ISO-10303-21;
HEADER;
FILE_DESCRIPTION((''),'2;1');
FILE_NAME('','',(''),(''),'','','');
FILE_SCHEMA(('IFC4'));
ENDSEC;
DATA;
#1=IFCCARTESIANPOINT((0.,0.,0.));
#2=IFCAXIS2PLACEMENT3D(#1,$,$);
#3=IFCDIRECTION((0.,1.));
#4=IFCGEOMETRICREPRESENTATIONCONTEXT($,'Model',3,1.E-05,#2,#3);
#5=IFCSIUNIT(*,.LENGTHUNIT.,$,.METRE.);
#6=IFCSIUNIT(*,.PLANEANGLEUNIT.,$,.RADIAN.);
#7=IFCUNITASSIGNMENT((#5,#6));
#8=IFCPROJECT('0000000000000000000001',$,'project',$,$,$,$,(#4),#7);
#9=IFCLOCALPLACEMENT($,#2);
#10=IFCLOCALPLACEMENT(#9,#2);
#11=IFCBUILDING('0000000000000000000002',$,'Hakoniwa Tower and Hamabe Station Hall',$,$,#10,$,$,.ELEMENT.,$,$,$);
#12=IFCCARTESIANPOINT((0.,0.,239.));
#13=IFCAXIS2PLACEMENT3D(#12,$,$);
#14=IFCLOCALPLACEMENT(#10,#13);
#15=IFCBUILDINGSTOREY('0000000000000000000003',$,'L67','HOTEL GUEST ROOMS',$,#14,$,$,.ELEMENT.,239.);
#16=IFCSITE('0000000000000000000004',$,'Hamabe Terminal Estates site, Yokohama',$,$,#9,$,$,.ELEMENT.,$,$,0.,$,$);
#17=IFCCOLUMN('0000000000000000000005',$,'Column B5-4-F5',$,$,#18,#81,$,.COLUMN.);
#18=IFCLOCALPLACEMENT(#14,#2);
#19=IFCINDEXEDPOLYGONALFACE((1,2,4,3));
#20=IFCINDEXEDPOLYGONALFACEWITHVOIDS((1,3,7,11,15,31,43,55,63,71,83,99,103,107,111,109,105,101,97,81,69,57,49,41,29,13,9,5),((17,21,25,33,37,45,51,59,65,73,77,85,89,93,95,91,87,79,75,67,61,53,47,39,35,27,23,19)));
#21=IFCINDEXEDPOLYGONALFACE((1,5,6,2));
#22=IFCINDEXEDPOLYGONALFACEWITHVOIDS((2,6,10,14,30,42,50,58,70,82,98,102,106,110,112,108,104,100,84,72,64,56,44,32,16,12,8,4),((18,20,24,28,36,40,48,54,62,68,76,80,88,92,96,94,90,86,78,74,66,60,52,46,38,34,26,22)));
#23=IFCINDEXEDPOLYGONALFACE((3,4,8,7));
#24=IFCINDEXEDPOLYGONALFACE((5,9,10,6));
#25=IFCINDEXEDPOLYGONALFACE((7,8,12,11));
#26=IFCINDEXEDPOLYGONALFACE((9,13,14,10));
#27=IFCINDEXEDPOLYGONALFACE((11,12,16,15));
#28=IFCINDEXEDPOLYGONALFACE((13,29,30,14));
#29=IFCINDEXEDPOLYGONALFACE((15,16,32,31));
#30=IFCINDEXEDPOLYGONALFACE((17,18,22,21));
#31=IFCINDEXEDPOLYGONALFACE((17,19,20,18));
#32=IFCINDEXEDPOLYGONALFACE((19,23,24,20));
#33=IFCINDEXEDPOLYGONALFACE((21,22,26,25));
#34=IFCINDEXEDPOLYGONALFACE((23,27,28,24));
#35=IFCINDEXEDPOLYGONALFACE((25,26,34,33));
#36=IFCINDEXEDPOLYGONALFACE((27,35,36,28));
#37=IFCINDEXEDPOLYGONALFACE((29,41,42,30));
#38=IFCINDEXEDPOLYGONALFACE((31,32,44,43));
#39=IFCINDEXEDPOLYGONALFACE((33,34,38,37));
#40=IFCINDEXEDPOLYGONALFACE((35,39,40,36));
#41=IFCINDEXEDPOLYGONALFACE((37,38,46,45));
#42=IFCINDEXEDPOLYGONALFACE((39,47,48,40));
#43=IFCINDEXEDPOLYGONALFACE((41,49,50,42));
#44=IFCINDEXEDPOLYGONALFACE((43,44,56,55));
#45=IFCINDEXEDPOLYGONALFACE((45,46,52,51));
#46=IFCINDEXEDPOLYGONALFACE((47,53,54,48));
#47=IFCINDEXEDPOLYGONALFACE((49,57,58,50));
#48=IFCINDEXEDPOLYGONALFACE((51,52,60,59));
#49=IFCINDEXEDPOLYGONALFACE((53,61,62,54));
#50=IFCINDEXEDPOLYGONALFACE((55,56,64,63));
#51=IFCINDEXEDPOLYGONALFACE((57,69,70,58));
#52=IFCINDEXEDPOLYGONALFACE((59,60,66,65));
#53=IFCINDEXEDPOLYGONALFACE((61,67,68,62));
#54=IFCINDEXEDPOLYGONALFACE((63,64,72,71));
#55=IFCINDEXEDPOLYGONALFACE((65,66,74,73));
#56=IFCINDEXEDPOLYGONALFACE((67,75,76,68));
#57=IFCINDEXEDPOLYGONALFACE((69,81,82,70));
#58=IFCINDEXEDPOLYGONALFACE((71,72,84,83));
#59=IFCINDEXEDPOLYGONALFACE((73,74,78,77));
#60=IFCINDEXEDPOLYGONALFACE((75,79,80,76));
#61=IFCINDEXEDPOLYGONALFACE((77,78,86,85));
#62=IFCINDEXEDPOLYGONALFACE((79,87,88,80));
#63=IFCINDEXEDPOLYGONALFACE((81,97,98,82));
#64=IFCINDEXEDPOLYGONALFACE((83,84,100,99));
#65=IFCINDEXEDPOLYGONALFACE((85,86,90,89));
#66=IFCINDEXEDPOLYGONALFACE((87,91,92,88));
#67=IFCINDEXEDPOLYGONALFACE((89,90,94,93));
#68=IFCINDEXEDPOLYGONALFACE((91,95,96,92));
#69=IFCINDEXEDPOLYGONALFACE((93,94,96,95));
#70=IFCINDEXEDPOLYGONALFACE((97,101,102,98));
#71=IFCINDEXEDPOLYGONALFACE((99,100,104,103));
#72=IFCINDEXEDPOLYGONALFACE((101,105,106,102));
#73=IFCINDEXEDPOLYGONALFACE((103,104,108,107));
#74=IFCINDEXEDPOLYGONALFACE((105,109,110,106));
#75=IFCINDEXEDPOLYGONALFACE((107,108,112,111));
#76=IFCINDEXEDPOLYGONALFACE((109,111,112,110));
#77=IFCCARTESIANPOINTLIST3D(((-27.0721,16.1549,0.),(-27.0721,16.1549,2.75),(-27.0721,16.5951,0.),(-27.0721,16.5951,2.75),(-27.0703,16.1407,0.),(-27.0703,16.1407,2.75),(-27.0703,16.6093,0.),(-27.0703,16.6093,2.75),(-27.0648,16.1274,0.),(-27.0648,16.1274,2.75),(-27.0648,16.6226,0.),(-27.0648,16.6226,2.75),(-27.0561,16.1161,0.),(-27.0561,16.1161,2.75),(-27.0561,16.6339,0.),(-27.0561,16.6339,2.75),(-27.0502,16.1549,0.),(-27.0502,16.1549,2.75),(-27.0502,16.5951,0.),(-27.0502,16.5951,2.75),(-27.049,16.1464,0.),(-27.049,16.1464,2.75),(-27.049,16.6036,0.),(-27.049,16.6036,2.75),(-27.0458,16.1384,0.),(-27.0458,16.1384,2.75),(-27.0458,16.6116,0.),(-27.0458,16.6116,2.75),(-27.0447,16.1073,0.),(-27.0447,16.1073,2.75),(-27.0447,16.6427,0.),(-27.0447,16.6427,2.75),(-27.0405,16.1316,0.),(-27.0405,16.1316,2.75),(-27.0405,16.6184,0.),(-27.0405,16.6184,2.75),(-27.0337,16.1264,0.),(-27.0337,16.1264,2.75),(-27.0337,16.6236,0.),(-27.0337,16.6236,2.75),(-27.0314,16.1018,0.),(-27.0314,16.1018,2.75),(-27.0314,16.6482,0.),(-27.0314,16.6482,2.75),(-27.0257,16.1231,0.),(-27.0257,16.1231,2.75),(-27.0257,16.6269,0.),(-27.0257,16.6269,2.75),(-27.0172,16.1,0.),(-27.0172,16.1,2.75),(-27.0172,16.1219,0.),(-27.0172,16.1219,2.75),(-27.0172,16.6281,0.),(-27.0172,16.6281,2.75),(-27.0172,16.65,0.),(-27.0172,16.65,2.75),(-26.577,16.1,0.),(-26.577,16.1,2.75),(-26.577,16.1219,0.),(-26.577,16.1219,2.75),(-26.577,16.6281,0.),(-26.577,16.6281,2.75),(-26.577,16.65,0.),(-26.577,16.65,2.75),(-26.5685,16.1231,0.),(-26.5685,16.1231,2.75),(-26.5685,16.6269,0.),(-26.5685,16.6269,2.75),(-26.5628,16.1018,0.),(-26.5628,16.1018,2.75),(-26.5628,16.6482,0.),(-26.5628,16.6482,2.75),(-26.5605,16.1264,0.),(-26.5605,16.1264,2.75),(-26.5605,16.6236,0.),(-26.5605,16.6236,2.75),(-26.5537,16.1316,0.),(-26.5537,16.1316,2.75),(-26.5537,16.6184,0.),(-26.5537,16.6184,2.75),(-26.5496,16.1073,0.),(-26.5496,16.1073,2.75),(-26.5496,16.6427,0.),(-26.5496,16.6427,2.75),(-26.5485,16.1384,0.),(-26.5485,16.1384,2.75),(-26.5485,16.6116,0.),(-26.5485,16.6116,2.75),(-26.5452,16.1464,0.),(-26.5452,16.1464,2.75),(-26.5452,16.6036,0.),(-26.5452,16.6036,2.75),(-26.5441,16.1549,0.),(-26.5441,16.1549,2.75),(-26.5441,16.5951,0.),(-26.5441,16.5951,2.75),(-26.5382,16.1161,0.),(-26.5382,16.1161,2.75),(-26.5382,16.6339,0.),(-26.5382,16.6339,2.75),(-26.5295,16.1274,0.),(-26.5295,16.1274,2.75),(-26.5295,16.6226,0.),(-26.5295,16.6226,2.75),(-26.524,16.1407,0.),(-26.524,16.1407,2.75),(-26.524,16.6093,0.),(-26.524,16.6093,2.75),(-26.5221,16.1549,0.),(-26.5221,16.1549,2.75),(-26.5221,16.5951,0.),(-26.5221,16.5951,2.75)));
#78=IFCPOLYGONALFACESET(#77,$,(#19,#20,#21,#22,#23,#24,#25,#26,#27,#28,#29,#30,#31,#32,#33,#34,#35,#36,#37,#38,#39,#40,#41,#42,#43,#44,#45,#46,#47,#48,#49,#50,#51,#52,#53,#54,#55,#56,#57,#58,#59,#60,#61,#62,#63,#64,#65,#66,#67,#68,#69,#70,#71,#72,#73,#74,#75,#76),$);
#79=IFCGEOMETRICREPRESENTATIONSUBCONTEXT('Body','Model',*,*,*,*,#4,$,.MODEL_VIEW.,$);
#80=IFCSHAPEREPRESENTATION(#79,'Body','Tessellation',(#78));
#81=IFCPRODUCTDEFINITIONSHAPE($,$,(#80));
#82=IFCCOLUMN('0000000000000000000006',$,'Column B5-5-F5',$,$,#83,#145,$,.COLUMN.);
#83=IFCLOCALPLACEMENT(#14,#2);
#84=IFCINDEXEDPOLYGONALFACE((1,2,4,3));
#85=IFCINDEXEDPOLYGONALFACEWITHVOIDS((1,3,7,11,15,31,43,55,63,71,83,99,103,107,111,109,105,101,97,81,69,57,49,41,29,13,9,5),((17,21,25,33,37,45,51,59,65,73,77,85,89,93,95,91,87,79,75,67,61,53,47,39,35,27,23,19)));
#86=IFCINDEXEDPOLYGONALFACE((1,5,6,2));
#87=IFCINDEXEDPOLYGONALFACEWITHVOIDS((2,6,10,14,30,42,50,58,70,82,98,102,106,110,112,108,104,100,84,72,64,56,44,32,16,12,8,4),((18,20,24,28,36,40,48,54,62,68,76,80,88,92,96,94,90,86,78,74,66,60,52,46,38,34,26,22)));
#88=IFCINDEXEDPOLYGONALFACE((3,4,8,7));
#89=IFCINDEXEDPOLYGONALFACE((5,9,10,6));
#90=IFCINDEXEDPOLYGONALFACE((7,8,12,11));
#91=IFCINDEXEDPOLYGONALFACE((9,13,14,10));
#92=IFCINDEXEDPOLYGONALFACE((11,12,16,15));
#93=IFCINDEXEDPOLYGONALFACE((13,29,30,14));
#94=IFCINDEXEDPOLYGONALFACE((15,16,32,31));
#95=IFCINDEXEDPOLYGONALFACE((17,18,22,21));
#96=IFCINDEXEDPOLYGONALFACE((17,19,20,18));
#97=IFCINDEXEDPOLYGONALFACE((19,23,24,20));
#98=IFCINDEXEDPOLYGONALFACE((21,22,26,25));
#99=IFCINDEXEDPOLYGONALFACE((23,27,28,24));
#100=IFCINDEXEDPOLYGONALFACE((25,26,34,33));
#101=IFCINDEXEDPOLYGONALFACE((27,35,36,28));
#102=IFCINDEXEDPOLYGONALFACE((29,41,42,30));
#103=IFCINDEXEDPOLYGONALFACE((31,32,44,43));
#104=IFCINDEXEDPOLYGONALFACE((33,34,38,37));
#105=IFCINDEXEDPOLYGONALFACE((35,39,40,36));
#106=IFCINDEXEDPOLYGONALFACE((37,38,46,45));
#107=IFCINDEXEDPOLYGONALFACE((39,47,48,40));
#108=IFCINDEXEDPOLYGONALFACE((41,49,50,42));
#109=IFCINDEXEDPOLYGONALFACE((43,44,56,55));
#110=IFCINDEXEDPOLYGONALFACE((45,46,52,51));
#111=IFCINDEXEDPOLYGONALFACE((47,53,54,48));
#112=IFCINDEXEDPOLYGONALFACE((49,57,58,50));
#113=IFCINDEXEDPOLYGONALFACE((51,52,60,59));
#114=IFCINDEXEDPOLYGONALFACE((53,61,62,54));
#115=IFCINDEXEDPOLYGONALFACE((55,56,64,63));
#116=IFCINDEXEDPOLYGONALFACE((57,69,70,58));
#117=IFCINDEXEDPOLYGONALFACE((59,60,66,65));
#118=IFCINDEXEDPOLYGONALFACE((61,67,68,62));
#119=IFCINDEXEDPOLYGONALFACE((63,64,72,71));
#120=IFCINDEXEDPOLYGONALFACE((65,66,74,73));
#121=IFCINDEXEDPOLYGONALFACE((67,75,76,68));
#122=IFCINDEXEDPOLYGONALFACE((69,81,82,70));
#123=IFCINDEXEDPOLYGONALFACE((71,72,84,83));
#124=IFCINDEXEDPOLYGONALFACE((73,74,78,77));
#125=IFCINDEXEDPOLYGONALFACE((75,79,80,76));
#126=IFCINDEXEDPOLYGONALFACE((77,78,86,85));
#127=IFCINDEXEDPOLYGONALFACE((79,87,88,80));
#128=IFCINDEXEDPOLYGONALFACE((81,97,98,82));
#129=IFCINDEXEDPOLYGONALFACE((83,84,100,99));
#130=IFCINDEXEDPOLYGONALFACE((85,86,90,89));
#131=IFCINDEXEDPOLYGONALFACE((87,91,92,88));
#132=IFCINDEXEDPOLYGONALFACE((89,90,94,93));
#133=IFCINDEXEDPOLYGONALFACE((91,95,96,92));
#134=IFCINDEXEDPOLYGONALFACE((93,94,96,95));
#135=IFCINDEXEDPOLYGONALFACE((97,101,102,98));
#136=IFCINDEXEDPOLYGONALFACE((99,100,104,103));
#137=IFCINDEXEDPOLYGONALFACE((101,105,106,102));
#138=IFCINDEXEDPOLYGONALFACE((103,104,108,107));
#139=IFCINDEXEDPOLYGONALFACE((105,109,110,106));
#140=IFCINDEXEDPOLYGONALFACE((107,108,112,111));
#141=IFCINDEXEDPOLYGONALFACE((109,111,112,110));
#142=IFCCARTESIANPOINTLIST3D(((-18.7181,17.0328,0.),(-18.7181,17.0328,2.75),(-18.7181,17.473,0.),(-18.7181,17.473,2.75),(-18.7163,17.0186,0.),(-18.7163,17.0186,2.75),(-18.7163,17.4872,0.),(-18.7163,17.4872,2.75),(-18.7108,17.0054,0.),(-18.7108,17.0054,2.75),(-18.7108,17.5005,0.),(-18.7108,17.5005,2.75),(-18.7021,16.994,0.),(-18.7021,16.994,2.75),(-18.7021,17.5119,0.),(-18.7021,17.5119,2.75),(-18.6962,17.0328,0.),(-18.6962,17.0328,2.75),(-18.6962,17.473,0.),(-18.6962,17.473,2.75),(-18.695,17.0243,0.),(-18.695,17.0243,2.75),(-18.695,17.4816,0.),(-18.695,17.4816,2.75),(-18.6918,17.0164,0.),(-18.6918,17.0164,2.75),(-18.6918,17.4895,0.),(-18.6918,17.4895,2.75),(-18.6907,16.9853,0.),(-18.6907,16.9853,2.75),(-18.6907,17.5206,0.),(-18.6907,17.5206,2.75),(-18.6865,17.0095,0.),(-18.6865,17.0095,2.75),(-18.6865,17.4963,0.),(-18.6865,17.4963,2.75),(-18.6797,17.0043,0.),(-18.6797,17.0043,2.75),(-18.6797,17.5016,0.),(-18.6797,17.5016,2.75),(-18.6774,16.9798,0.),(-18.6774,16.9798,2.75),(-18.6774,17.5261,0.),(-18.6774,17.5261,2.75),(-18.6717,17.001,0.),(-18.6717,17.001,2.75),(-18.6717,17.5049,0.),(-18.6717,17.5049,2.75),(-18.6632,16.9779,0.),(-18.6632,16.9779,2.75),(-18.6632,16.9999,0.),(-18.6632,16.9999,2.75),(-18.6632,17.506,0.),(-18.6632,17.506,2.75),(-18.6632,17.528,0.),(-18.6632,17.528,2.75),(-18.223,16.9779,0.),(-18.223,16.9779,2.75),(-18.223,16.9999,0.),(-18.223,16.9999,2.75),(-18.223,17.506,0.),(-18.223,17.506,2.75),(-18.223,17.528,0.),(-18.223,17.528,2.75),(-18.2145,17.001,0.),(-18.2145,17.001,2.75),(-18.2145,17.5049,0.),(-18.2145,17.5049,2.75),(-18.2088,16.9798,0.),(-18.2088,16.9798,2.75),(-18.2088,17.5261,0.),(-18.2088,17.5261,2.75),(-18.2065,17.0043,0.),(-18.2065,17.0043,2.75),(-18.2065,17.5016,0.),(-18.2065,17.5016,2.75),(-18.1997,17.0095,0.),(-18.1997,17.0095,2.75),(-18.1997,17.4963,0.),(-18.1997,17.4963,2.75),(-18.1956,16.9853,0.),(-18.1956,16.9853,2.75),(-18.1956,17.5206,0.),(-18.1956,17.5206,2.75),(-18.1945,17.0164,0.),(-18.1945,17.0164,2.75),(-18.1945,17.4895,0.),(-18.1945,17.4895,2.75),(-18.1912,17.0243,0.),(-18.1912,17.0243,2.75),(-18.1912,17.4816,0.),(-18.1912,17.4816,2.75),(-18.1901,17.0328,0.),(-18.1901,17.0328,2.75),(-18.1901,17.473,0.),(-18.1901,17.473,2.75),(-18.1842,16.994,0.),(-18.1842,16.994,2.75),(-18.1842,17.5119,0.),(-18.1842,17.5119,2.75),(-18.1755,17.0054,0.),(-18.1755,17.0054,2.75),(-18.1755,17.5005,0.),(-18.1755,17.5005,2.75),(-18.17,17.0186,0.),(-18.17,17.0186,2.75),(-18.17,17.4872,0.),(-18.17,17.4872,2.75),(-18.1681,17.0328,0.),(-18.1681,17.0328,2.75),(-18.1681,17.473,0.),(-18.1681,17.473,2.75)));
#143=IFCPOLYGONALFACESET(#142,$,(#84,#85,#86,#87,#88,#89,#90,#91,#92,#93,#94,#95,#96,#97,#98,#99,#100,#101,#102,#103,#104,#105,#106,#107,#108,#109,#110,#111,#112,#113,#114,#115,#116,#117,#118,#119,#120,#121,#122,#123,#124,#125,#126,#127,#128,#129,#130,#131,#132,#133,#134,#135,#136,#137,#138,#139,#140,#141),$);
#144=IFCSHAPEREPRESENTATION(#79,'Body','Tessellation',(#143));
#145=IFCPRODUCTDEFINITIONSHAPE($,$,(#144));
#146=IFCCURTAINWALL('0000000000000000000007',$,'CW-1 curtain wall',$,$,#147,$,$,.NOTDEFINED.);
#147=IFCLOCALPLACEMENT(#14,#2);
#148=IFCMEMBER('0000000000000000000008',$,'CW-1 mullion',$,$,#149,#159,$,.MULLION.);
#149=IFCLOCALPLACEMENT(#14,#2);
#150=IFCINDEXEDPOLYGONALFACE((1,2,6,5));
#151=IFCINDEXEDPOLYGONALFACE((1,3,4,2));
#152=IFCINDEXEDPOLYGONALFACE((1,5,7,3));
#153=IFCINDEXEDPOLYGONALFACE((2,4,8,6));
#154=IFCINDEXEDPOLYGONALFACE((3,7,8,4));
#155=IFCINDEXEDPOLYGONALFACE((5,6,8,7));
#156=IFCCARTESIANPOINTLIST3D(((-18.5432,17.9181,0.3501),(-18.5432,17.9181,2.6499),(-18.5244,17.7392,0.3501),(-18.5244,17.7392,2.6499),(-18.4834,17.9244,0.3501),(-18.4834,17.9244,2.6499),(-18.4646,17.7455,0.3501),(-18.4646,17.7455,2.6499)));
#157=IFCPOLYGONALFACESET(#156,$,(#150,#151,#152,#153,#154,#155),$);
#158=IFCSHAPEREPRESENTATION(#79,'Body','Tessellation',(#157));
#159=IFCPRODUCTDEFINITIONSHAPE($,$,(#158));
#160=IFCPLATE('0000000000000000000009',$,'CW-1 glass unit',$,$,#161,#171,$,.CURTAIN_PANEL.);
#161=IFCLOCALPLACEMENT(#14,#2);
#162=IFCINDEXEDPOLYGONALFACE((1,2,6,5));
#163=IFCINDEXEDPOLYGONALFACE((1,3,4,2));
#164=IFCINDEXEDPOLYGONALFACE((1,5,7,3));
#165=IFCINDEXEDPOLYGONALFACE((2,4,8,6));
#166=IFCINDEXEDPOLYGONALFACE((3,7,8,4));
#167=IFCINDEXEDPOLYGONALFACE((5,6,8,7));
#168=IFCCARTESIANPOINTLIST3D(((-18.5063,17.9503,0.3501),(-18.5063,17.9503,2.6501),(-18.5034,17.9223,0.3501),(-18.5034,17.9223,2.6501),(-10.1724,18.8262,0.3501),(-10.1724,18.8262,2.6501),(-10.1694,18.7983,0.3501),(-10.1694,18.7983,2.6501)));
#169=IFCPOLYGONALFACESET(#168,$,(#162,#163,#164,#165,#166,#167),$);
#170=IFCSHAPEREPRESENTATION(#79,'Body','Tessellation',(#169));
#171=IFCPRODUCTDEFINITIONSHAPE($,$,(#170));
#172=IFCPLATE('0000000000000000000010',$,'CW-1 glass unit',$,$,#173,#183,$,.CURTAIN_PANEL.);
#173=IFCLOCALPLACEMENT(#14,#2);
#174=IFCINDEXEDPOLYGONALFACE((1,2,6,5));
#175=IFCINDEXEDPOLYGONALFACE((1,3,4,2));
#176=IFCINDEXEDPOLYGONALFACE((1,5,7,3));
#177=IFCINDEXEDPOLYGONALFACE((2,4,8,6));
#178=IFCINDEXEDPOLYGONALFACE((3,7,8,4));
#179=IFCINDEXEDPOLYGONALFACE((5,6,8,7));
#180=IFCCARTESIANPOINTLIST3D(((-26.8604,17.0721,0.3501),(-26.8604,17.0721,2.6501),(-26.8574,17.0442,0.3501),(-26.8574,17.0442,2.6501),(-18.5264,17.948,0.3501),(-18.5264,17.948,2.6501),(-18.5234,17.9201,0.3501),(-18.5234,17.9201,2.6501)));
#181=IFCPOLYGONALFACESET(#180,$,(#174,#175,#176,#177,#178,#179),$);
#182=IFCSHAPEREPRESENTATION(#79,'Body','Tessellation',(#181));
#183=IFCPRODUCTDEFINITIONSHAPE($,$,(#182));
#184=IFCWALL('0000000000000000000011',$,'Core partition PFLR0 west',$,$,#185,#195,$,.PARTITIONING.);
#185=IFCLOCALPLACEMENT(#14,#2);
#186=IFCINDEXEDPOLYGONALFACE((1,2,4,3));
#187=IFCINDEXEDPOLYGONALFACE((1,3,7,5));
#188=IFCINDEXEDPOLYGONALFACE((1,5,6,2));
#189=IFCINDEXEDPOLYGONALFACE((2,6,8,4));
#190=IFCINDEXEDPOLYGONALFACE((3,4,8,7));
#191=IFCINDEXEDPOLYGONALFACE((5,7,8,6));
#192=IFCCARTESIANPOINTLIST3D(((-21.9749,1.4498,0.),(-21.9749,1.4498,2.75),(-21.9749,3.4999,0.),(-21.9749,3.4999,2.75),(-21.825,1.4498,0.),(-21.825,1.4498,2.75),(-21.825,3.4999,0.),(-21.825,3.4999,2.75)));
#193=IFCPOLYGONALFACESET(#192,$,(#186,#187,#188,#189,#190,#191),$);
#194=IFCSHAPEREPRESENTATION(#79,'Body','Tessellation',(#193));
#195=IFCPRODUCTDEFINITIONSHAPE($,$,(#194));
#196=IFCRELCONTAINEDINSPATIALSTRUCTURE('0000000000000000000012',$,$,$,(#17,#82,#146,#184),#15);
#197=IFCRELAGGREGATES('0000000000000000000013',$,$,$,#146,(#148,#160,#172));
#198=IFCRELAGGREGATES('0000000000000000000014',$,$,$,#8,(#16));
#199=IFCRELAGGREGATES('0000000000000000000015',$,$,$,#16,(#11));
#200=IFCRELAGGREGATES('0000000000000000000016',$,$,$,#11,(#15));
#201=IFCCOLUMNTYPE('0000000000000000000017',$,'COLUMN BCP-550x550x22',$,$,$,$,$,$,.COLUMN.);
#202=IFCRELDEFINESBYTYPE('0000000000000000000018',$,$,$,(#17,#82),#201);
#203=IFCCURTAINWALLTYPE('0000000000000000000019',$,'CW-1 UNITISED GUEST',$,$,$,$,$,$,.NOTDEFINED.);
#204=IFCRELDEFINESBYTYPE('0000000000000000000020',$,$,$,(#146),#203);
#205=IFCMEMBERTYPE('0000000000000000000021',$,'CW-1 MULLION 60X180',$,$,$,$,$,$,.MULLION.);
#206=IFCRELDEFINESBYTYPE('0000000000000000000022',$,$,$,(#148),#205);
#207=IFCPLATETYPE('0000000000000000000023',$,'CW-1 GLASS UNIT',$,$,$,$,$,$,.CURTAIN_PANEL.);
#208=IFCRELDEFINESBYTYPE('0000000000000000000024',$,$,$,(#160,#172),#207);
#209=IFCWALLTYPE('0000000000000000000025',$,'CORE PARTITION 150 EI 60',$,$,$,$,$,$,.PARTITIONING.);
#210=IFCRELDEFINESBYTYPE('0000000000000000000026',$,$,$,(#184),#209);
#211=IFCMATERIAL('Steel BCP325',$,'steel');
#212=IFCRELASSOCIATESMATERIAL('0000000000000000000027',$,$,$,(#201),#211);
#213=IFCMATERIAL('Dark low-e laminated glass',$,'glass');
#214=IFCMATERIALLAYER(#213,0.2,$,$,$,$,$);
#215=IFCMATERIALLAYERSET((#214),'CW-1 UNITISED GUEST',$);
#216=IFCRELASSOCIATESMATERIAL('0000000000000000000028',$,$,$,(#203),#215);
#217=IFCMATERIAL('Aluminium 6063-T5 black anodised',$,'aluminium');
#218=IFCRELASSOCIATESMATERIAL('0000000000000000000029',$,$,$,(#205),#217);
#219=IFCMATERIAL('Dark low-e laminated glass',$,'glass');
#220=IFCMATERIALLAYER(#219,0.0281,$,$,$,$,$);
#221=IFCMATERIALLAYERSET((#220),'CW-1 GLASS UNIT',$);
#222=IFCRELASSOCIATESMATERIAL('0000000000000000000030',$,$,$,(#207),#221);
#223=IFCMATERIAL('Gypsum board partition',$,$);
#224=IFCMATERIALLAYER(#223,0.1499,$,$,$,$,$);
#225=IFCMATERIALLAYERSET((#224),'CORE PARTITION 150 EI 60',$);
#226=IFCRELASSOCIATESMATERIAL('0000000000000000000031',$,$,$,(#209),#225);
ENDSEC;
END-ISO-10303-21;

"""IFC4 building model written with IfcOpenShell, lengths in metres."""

from ifc_helpers import new_model, si_unit, direction, frame, frame_2d, origin, origin_2d, place, context, subcontext, project, spatial, rectangle, hollow_rectangle, extrude, material, layer, layer_set, material_profile, profile_set, type_object, element, aggregate, save


model = new_model("IFC4")

# Units and contexts
model_context = context("Model", 3, precision=1e-05, world=origin(), true_north=direction((0.0, 1.0)))
body_context = subcontext(model_context, "Body", "Model", "MODEL_VIEW")
ifc_project = project(units=[si_unit("LENGTHUNIT", "METRE"), si_unit("PLANEANGLEUNIT", "RADIAN")], contexts=[model_context])

# Site, building, storey
site_placement = place(None, origin())
site = spatial("IfcSite", under=ifc_project, at=site_placement, Name="Hamabe Terminal Estates site, Yokohama", CompositionType="ELEMENT", RefElevation=0.0)
building_placement = place(site_placement, origin())
building = spatial("IfcBuilding", under=site, at=building_placement, Name="Hakoniwa Tower and Hamabe Station Hall", CompositionType="ELEMENT")
storey_placement = place(building_placement, frame((0.0, 0.0, 239.0)))
storey = spatial("IfcBuildingStorey", under=building, at=storey_placement, Name="L67", Description="HOTEL GUEST ROOMS", CompositionType="ELEMENT", Elevation=239.0)

# Columns
ifc_material_1 = material(Name="Steel BCP325", Category="steel")
ifc_material_profile_1 = material_profile(ifc_material_1, hollow_rectangle(XDim=0.55, YDim=0.55, WallThickness=0.022, InnerFilletRadius=0.033, OuterFilletRadius=0.0549, at=origin_2d()), Name="BCP-550x550x22")
ifc_profile_set_1 = profile_set([ifc_material_profile_1], Name="Steel BCP325")
column_type = type_object("IfcColumnType", Name="COLUMN BCP-550x550x22", PredefinedType="COLUMN", material=ifc_profile_set_1)
for number, where, z_axis, x_axis, name in (
    (1, (-26.7971, 16.375, 0.0), (0.0, 0.0, 1.0), (1.0, 0.0, 0.0), "Column B5-4-F5"),
    (2, (-18.4431, 17.2529, 0.0), (0.0, 0.0, 1.0), (1.0, 0.0, 0.0), "Column B5-5-F5"),
):
    element("IfcColumn", number, at=place(storey_placement, frame(where, z_axis=z_axis, x_axis=x_axis)), inside=storey, type_object=column_type, Name=name, PredefinedType="COLUMN", context=body_context, shape_type="SweptSolid", body=[
        extrude(hollow_rectangle(XDim=0.55, YDim=0.55, WallThickness=0.022, InnerFilletRadius=0.033, OuterFilletRadius=0.0549, at=origin_2d()), origin(), (0.0, 0.0, 1.0), 2.75),
    ])

# Curtain wall, member, plates
ifc_material_2 = material(Name="Dark low-e laminated glass", Category="glass")
ifc_layer_1 = layer(ifc_material_2, 0.2)
ifc_layer_set_1 = layer_set([ifc_layer_1], Name="CW-1 UNITISED GUEST")
curtain_wall_type = type_object("IfcCurtainWallType", Name="CW-1 UNITISED GUEST", PredefinedType="NOTDEFINED", material=ifc_layer_set_1)
curtain_wall_placement = place(storey_placement, origin())
curtain_wall = element("IfcCurtainWall", 3, at=curtain_wall_placement, inside=storey, type_object=curtain_wall_type, Name="CW-1 curtain wall", PredefinedType="NOTDEFINED")
ifc_material_3 = material(Name="Aluminium 6063-T5 black anodised", Category="aluminium")
ifc_material_profile_2 = material_profile(ifc_material_3, rectangle(XDim=0.0601, YDim=0.1799, at=origin_2d()), Name="CW-1 MULLION 60X180")
ifc_profile_set_2 = profile_set([ifc_material_profile_2], Name="Aluminium 6063-T5 black anodised")
member_type = type_object("IfcMemberType", Name="CW-1 MULLION 60X180", PredefinedType="MULLION", material=ifc_profile_set_2)
member_placement = place(storey_placement, frame((-18.5039, 17.8318, 0.3501), z_axis=(0.0, 0.0, 1.0), x_axis=(-0.994522, -0.104528, 0.0)))
member = element("IfcMember", 4, at=member_placement, type_object=member_type, Name="CW-1 mullion", PredefinedType="MULLION", context=body_context, shape_type="SweptSolid", body=[
    extrude(rectangle(XDim=0.0601, YDim=0.1799, at=origin_2d()), origin(), (0.0, 0.0, 1.0), 2.2998),
])
ifc_material_4 = material(Name="Dark low-e laminated glass", Category="glass")
ifc_layer_2 = layer(ifc_material_4, 0.0281)
ifc_layer_set_2 = layer_set([ifc_layer_2], Name="CW-1 GLASS UNIT")
plate_type = type_object("IfcPlateType", Name="CW-1 GLASS UNIT", PredefinedType="CURTAIN_PANEL", material=ifc_layer_set_2)
plate_1_placement = place(storey_placement, frame((-14.3379, 18.3743, 0.3501), z_axis=(0.0, 0.0, 1.0), x_axis=(-0.994522, -0.104528, 0.0)))
plate_1 = element("IfcPlate", 5, at=plate_1_placement, type_object=plate_type, Name="CW-1 glass unit", PredefinedType="CURTAIN_PANEL", context=body_context, shape_type="SweptSolid", body=[
    extrude(rectangle(XDim=8.3799, YDim=0.0281, at=origin_2d()), origin(), (0.0, 0.0, 1.0), 2.3),
])
plate_2_placement = place(storey_placement, frame((-22.6919, 17.4961, 0.3501), z_axis=(0.0, 0.0, 1.0), x_axis=(-0.994522, -0.104528, 0.0)))
plate_2 = element("IfcPlate", 6, at=plate_2_placement, type_object=plate_type, Name="CW-1 glass unit", PredefinedType="CURTAIN_PANEL", context=body_context, shape_type="SweptSolid", body=[
    extrude(rectangle(XDim=8.3799, YDim=0.0281, at=origin_2d()), origin(), (0.0, 0.0, 1.0), 2.3),
])
aggregate(curtain_wall, [member, plate_1, plate_2])

# Wall
ifc_material_5 = material(Name="Gypsum board partition")
ifc_layer_3 = layer(ifc_material_5, 0.1499)
ifc_layer_set_3 = layer_set([ifc_layer_3], Name="CORE PARTITION 150 EI 60")
wall_type_1 = type_object("IfcWallType", Name="CORE PARTITION 150 EI 60", PredefinedType="PARTITIONING", material=ifc_layer_set_3)
wall_1_placement = place(storey_placement, frame((-21.8999, 1.45, 0.0), z_axis=(0.0, 0.0, 1.0), x_axis=(0.0, 1.0, 0.0)))
element("IfcWall", 7, at=wall_1_placement, inside=storey, type_object=wall_type_1, Name="Core partition PFLR0 west", PredefinedType="PARTITIONING", context=body_context, shape_type="SweptSolid", body=[
    extrude(rectangle(XDim=2.05, YDim=0.1499, at=frame_2d((1.0249, 0.0))), origin(), (0.0, 0.0, 1.0), 2.75),
])

save(model, "model.ifc")
